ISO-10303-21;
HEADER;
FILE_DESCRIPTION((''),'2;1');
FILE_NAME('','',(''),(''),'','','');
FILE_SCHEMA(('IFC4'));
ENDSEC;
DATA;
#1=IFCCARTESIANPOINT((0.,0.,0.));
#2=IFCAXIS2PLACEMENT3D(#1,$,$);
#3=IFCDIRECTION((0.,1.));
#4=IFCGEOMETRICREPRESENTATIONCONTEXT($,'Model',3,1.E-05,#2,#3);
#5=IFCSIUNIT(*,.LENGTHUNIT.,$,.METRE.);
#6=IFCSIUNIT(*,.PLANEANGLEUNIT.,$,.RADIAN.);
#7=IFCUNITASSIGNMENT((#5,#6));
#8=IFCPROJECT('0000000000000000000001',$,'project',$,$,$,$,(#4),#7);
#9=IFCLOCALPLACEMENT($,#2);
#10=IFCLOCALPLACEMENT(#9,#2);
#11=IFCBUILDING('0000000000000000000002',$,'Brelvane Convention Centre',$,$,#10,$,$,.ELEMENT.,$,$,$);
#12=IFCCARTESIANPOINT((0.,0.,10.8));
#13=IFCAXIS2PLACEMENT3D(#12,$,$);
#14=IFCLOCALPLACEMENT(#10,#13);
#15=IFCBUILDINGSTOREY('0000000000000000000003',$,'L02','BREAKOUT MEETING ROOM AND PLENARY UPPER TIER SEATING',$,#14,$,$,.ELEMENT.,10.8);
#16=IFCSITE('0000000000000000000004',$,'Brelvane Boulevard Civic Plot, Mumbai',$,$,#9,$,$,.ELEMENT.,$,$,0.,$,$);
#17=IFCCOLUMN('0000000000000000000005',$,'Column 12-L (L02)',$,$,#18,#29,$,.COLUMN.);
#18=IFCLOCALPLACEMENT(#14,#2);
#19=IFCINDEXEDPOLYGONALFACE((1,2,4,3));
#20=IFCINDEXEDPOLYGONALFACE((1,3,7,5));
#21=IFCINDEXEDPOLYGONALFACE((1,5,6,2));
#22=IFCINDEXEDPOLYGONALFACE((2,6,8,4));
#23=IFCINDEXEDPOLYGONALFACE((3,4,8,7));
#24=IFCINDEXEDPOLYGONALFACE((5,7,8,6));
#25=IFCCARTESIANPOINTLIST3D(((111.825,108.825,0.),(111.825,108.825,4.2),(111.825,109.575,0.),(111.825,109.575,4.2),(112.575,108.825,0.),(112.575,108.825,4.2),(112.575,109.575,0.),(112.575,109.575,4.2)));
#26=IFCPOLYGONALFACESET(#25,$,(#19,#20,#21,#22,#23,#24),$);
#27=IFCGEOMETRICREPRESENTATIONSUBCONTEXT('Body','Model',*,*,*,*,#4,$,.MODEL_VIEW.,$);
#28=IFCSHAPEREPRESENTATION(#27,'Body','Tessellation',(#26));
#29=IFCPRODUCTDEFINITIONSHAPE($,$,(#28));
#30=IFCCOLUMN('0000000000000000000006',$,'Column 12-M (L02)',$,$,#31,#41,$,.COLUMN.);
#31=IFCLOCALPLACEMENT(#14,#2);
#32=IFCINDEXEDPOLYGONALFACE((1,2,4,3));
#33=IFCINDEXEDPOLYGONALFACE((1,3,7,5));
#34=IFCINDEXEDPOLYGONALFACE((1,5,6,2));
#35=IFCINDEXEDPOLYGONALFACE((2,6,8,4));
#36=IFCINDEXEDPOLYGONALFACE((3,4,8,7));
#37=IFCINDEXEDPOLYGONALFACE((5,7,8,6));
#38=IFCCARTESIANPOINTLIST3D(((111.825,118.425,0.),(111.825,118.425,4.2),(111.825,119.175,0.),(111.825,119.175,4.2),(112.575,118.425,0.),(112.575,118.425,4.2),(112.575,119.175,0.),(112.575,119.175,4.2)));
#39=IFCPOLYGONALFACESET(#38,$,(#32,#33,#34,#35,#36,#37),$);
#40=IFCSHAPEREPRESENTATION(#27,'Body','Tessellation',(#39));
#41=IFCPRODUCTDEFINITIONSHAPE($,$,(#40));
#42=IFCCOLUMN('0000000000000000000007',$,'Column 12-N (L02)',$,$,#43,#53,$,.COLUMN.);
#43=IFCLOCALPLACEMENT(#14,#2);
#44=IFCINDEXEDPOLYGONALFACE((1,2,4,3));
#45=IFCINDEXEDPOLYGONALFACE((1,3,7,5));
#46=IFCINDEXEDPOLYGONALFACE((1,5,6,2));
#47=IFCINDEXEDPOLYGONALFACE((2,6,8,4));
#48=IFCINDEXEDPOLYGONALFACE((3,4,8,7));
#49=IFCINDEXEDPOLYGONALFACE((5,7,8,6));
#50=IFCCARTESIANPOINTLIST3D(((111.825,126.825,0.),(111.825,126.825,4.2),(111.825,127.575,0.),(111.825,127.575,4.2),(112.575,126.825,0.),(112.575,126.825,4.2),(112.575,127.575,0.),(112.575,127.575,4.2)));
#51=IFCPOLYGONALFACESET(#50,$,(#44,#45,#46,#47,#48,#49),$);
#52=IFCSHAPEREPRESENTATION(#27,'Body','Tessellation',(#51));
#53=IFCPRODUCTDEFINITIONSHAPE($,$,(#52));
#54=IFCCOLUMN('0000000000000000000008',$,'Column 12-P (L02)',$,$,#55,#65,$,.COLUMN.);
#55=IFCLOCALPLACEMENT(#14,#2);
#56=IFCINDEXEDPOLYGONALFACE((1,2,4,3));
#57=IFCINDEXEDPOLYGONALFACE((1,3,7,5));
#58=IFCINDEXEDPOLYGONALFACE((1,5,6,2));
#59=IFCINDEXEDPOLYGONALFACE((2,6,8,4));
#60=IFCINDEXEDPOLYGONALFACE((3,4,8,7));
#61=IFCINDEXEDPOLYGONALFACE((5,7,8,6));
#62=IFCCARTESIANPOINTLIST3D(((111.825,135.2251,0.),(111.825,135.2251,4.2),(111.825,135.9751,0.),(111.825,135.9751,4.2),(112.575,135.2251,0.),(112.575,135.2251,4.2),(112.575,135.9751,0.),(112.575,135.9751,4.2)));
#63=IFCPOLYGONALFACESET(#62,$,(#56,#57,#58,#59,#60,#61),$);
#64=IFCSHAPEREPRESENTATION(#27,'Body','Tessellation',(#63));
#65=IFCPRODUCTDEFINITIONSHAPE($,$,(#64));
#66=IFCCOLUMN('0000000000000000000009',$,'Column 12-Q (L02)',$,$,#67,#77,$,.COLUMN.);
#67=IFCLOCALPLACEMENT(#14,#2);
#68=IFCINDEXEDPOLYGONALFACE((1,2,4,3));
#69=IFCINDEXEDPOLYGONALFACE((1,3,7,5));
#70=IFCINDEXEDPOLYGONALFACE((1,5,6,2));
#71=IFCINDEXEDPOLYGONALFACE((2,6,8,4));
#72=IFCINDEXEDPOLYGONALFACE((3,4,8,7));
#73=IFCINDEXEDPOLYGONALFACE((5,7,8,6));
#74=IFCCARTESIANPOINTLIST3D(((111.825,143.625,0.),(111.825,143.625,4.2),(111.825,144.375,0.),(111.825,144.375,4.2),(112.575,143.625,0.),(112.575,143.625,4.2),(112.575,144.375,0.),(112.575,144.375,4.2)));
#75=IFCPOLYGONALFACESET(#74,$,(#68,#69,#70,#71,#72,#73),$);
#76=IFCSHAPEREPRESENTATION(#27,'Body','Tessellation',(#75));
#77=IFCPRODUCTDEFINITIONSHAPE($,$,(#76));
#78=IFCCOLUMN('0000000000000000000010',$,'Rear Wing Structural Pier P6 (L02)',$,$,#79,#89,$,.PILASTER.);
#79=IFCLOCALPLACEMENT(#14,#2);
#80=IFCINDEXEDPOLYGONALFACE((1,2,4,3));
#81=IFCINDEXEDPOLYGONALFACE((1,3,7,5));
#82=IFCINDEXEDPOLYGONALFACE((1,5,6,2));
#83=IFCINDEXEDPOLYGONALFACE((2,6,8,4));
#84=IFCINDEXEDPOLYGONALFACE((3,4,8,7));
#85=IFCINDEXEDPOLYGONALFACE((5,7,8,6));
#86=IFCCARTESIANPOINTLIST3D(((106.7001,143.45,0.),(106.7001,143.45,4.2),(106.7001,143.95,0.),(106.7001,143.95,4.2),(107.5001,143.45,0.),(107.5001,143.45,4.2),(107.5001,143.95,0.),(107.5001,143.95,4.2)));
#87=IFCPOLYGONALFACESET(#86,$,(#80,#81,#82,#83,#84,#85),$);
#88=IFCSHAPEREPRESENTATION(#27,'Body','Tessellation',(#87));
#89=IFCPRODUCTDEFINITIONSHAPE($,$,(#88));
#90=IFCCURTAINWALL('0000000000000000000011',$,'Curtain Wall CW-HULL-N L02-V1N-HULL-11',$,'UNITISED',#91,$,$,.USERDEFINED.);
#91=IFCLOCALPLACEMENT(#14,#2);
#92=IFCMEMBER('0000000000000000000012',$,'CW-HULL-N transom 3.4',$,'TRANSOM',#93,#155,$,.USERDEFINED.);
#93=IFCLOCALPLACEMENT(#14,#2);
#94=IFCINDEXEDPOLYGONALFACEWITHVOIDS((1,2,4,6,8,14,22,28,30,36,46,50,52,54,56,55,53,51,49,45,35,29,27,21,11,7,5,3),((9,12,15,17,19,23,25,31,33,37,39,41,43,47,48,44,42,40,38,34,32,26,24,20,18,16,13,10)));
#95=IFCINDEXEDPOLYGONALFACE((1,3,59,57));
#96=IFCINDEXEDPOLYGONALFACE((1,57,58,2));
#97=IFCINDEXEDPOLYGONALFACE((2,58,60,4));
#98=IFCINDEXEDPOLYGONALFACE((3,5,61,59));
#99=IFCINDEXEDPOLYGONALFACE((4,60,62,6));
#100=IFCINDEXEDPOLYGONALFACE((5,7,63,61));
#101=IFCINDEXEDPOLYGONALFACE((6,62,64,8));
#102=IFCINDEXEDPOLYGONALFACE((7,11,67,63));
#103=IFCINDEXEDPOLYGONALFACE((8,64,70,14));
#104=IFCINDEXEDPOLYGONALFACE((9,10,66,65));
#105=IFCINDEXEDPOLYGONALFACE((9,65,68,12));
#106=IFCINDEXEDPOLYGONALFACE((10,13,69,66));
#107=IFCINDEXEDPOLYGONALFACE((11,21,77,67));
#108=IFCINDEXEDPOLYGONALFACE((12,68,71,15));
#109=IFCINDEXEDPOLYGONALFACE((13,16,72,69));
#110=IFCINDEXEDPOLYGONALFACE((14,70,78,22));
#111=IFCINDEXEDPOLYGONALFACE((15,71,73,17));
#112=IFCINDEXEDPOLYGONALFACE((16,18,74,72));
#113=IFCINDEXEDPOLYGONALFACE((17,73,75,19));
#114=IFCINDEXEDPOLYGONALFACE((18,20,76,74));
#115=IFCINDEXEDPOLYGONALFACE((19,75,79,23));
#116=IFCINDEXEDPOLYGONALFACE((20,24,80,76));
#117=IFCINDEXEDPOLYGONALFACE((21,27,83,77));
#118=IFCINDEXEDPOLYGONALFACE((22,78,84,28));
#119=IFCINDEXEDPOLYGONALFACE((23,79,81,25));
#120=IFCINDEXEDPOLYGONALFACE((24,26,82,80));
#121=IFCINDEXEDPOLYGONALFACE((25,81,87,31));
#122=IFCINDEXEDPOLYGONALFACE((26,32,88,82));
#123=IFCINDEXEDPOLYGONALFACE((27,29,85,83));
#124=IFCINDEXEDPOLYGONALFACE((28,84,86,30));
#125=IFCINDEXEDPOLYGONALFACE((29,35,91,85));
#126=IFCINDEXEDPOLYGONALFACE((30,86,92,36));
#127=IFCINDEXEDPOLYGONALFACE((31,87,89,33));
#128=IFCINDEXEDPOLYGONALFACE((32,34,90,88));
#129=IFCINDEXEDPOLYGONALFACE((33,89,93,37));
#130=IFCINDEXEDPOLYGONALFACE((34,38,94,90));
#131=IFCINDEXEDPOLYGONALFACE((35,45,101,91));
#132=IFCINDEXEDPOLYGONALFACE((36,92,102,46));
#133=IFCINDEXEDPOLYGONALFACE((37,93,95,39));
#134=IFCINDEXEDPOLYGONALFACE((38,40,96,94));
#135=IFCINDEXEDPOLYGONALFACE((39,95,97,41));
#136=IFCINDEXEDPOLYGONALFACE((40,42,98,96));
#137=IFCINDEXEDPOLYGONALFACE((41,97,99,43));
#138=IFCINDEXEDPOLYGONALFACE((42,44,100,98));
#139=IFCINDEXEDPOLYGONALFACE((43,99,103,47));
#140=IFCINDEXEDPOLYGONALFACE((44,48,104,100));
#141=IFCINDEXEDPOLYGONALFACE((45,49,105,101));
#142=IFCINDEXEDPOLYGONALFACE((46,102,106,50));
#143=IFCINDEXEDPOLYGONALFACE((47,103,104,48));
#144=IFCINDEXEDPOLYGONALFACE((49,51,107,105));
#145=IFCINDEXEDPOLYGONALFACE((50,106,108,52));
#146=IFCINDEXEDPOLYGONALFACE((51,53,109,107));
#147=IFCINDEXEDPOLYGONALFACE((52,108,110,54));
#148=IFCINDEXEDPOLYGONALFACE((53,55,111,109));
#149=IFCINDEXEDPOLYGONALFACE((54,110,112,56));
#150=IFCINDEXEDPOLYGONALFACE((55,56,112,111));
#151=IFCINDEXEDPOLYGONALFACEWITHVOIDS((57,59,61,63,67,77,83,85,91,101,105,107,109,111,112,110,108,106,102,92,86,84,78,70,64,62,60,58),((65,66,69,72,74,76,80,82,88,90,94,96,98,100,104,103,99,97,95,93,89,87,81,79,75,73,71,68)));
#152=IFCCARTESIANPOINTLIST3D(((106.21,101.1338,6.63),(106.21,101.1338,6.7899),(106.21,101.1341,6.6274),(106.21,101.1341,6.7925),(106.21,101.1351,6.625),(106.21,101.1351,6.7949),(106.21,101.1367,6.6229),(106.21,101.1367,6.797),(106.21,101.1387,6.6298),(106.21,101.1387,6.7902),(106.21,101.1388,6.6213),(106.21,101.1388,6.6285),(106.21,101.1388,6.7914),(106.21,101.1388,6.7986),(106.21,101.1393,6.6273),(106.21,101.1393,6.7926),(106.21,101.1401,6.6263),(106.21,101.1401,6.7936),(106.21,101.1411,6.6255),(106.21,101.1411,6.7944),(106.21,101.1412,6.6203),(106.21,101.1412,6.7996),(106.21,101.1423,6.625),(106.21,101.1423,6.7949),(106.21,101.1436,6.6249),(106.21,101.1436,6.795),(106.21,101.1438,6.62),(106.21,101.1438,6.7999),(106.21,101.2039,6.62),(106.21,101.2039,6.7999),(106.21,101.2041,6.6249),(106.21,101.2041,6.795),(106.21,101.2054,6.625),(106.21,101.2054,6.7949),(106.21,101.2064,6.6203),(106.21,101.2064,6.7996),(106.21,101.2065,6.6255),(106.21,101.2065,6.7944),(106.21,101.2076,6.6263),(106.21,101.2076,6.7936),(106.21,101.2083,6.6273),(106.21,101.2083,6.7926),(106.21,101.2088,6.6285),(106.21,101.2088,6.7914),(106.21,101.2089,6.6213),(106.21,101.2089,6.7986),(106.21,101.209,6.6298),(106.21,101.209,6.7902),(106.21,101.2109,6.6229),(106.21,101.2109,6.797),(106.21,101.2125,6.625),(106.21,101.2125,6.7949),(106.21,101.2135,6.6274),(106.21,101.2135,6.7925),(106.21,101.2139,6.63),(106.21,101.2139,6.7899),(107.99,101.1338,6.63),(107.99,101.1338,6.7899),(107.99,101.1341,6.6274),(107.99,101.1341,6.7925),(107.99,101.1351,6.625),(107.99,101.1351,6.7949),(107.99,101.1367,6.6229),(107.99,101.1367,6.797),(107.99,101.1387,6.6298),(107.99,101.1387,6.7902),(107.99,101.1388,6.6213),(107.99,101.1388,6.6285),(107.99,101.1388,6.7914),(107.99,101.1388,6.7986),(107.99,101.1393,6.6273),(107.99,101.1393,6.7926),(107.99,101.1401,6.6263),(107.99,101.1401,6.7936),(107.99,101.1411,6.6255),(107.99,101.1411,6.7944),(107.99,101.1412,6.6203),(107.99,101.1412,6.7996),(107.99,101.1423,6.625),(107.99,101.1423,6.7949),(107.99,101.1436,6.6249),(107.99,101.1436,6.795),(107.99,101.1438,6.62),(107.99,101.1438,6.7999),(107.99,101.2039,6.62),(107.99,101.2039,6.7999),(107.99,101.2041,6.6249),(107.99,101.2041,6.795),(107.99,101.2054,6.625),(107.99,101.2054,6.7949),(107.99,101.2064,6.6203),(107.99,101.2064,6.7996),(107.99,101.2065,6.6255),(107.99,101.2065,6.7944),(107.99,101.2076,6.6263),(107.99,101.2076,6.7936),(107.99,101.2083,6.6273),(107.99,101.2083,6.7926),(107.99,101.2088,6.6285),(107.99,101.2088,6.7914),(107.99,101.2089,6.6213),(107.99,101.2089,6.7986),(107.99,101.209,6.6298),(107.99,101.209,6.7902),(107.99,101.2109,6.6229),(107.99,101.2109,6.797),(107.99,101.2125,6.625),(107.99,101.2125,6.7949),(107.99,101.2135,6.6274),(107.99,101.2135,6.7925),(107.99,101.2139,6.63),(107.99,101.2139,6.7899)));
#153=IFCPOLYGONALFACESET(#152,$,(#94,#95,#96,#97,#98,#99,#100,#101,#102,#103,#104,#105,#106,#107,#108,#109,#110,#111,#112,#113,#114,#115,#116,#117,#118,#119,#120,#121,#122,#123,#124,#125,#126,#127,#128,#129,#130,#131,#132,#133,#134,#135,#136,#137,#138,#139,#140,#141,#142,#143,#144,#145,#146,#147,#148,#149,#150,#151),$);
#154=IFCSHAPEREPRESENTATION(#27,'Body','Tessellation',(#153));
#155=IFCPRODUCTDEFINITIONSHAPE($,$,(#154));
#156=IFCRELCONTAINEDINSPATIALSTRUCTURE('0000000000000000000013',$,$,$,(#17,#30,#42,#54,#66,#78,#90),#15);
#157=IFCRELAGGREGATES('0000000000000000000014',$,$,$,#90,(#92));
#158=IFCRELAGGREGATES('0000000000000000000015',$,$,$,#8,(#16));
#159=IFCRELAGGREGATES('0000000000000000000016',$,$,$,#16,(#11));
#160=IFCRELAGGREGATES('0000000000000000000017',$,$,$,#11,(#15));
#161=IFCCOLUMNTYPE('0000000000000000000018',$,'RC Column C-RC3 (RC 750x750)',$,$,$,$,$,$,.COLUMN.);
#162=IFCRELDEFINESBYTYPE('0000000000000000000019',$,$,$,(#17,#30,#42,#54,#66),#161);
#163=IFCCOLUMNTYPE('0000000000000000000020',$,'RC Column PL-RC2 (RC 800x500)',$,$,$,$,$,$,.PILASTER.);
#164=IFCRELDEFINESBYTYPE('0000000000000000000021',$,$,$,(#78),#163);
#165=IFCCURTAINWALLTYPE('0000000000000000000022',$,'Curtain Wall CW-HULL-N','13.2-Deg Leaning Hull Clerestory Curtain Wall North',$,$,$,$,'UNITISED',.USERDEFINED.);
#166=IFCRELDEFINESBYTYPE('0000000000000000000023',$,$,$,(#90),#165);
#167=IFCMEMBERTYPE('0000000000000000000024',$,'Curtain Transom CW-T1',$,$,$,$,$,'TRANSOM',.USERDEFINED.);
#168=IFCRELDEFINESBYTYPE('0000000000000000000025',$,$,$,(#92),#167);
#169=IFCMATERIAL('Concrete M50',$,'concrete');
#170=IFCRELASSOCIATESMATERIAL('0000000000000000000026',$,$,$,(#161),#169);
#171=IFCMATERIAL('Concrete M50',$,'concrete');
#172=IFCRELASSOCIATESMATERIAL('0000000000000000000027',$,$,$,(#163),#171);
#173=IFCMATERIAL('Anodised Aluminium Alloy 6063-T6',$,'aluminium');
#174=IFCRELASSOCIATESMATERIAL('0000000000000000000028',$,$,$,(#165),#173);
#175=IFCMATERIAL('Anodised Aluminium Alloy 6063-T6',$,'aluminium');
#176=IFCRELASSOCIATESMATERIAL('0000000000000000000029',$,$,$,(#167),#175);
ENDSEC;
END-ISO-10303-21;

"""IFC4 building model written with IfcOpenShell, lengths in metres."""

from ifc_helpers import new_model, si_unit, direction, frame, origin, origin_2d, place, context, subcontext, project, spatial, rectangle, hollow_rectangle, extrude, material, material_profile, profile_set, type_object, element, aggregate, save


model = new_model("IFC4")

# Units and contexts
model_context = context("Model", 3, precision=1e-05, world=origin(), true_north=direction((0.0, 1.0)))
body_context = subcontext(model_context, "Body", "Model", "MODEL_VIEW")
ifc_project = project(units=[si_unit("LENGTHUNIT", "METRE"), si_unit("PLANEANGLEUNIT", "RADIAN")], contexts=[model_context])

# Site, building, storey
site_placement = place(None, origin())
site = spatial("IfcSite", under=ifc_project, at=site_placement, Name="Brelvane Boulevard Civic Plot, Mumbai", CompositionType="ELEMENT", RefElevation=0.0)
building_placement = place(site_placement, origin())
building = spatial("IfcBuilding", under=site, at=building_placement, Name="Brelvane Convention Centre", CompositionType="ELEMENT")
storey_placement = place(building_placement, frame((0.0, 0.0, 10.8)))
storey = spatial("IfcBuildingStorey", under=building, at=storey_placement, Name="L02", Description="BREAKOUT MEETING ROOM AND PLENARY UPPER TIER SEATING", CompositionType="ELEMENT", Elevation=10.8)

# Columns
ifc_material_1 = material(Name="Concrete M50", Category="concrete")
ifc_material_profile_1 = material_profile(ifc_material_1, rectangle(XDim=0.75, YDim=0.75, at=origin_2d()), Name="RC 750x750")
ifc_profile_set_1 = profile_set([ifc_material_profile_1], Name="Concrete M50")
column_type_1 = type_object("IfcColumnType", Name="RC Column C-RC3 (RC 750x750)", PredefinedType="COLUMN", material=ifc_profile_set_1)
for number, where, z_axis, x_axis, name in (
    (1, (112.2, 109.2, 0.0), (0.0, 0.0, 1.0), (1.0, 0.0, 0.0), "Column 12-L (L02)"),
    (2, (112.2, 118.8, 0.0), (0.0, 0.0, 1.0), (1.0, 0.0, 0.0), "Column 12-M (L02)"),
    (3, (112.2, 127.2, 0.0), (0.0, 0.0, 1.0), (1.0, 0.0, 0.0), "Column 12-N (L02)"),
    (4, (112.2, 135.6001, 0.0), (0.0, 0.0, 1.0), (1.0, 0.0, 0.0), "Column 12-P (L02)"),
    (5, (112.2, 144.0, 0.0), (0.0, 0.0, 1.0), (1.0, 0.0, 0.0), "Column 12-Q (L02)"),
):
    element("IfcColumn", number, at=place(storey_placement, frame(where, z_axis=z_axis, x_axis=x_axis)), inside=storey, type_object=column_type_1, Name=name, PredefinedType="COLUMN", context=body_context, shape_type="SweptSolid", body=[
        extrude(rectangle(XDim=0.75, YDim=0.75, at=origin_2d()), origin(), (0.0, 0.0, 1.0), 4.2),
    ])
ifc_material_2 = material(Name="Concrete M50", Category="concrete")
ifc_material_profile_2 = material_profile(ifc_material_2, rectangle(XDim=0.8, YDim=0.5, at=origin_2d()), Name="RC 800x500")
ifc_profile_set_2 = profile_set([ifc_material_profile_2], Name="Concrete M50")
column_type_2 = type_object("IfcColumnType", Name="RC Column PL-RC2 (RC 800x500)", PredefinedType="PILASTER", material=ifc_profile_set_2)
column_placement = place(storey_placement, frame((107.1001, 143.7, 0.0), z_axis=(0.0, 0.0, 1.0), x_axis=(1.0, 0.0, 0.0)))
element("IfcColumn", 6, at=column_placement, inside=storey, type_object=column_type_2, Name="Rear Wing Structural Pier P6 (L02)", PredefinedType="PILASTER", context=body_context, shape_type="SweptSolid", body=[
    extrude(rectangle(XDim=0.8, YDim=0.5, at=origin_2d()), origin(), (0.0, 0.0, 1.0), 4.2),
])

# Curtain wall, member
ifc_material_3 = material(Name="Anodised Aluminium Alloy 6063-T6", Category="aluminium")
curtain_wall_type = type_object("IfcCurtainWallType", Name="Curtain Wall CW-HULL-N", Description="13.2-Deg Leaning Hull Clerestory Curtain Wall North", ElementType="UNITISED", PredefinedType="USERDEFINED", material=ifc_material_3)
curtain_wall_1_placement = place(storey_placement, origin())
curtain_wall_1 = element("IfcCurtainWall", 7, at=curtain_wall_1_placement, inside=storey, type_object=curtain_wall_type, Name="Curtain Wall CW-HULL-N L02-V1N-HULL-11", ObjectType="UNITISED", PredefinedType="USERDEFINED")
ifc_material_4 = material(Name="Anodised Aluminium Alloy 6063-T6", Category="aluminium")
ifc_material_profile_3 = material_profile(ifc_material_4, hollow_rectangle(XDim=0.0801, YDim=0.1799, WallThickness=0.0049, InnerFilletRadius=0.0049, OuterFilletRadius=0.01, at=origin_2d()), Name="ALU-T 180x80x5.0")
ifc_profile_set_3 = profile_set([ifc_material_profile_3], Name="Anodised Aluminium Alloy 6063-T6")
member_type = type_object("IfcMemberType", Name="Curtain Transom CW-T1", ElementType="TRANSOM", PredefinedType="USERDEFINED", material=ifc_profile_set_3)
member_1_placement = place(storey_placement, frame((106.21, 101.1738, 6.71), z_axis=(1.0, 0.0, 0.0), x_axis=(0.0, 1.0, 0.0)))
member_1 = element("IfcMember", 8, at=member_1_placement, type_object=member_type, Name="CW-HULL-N transom 3.4", ObjectType="TRANSOM", PredefinedType="USERDEFINED", context=body_context, shape_type="SweptSolid", body=[
    extrude(hollow_rectangle(XDim=0.0801, YDim=0.1799, WallThickness=0.0049, InnerFilletRadius=0.0049, OuterFilletRadius=0.01, at=origin_2d()), origin(), (0.0, 0.0, 1.0), 1.78),
])
aggregate(curtain_wall_1, [member_1])

save(model, "model.ifc")
